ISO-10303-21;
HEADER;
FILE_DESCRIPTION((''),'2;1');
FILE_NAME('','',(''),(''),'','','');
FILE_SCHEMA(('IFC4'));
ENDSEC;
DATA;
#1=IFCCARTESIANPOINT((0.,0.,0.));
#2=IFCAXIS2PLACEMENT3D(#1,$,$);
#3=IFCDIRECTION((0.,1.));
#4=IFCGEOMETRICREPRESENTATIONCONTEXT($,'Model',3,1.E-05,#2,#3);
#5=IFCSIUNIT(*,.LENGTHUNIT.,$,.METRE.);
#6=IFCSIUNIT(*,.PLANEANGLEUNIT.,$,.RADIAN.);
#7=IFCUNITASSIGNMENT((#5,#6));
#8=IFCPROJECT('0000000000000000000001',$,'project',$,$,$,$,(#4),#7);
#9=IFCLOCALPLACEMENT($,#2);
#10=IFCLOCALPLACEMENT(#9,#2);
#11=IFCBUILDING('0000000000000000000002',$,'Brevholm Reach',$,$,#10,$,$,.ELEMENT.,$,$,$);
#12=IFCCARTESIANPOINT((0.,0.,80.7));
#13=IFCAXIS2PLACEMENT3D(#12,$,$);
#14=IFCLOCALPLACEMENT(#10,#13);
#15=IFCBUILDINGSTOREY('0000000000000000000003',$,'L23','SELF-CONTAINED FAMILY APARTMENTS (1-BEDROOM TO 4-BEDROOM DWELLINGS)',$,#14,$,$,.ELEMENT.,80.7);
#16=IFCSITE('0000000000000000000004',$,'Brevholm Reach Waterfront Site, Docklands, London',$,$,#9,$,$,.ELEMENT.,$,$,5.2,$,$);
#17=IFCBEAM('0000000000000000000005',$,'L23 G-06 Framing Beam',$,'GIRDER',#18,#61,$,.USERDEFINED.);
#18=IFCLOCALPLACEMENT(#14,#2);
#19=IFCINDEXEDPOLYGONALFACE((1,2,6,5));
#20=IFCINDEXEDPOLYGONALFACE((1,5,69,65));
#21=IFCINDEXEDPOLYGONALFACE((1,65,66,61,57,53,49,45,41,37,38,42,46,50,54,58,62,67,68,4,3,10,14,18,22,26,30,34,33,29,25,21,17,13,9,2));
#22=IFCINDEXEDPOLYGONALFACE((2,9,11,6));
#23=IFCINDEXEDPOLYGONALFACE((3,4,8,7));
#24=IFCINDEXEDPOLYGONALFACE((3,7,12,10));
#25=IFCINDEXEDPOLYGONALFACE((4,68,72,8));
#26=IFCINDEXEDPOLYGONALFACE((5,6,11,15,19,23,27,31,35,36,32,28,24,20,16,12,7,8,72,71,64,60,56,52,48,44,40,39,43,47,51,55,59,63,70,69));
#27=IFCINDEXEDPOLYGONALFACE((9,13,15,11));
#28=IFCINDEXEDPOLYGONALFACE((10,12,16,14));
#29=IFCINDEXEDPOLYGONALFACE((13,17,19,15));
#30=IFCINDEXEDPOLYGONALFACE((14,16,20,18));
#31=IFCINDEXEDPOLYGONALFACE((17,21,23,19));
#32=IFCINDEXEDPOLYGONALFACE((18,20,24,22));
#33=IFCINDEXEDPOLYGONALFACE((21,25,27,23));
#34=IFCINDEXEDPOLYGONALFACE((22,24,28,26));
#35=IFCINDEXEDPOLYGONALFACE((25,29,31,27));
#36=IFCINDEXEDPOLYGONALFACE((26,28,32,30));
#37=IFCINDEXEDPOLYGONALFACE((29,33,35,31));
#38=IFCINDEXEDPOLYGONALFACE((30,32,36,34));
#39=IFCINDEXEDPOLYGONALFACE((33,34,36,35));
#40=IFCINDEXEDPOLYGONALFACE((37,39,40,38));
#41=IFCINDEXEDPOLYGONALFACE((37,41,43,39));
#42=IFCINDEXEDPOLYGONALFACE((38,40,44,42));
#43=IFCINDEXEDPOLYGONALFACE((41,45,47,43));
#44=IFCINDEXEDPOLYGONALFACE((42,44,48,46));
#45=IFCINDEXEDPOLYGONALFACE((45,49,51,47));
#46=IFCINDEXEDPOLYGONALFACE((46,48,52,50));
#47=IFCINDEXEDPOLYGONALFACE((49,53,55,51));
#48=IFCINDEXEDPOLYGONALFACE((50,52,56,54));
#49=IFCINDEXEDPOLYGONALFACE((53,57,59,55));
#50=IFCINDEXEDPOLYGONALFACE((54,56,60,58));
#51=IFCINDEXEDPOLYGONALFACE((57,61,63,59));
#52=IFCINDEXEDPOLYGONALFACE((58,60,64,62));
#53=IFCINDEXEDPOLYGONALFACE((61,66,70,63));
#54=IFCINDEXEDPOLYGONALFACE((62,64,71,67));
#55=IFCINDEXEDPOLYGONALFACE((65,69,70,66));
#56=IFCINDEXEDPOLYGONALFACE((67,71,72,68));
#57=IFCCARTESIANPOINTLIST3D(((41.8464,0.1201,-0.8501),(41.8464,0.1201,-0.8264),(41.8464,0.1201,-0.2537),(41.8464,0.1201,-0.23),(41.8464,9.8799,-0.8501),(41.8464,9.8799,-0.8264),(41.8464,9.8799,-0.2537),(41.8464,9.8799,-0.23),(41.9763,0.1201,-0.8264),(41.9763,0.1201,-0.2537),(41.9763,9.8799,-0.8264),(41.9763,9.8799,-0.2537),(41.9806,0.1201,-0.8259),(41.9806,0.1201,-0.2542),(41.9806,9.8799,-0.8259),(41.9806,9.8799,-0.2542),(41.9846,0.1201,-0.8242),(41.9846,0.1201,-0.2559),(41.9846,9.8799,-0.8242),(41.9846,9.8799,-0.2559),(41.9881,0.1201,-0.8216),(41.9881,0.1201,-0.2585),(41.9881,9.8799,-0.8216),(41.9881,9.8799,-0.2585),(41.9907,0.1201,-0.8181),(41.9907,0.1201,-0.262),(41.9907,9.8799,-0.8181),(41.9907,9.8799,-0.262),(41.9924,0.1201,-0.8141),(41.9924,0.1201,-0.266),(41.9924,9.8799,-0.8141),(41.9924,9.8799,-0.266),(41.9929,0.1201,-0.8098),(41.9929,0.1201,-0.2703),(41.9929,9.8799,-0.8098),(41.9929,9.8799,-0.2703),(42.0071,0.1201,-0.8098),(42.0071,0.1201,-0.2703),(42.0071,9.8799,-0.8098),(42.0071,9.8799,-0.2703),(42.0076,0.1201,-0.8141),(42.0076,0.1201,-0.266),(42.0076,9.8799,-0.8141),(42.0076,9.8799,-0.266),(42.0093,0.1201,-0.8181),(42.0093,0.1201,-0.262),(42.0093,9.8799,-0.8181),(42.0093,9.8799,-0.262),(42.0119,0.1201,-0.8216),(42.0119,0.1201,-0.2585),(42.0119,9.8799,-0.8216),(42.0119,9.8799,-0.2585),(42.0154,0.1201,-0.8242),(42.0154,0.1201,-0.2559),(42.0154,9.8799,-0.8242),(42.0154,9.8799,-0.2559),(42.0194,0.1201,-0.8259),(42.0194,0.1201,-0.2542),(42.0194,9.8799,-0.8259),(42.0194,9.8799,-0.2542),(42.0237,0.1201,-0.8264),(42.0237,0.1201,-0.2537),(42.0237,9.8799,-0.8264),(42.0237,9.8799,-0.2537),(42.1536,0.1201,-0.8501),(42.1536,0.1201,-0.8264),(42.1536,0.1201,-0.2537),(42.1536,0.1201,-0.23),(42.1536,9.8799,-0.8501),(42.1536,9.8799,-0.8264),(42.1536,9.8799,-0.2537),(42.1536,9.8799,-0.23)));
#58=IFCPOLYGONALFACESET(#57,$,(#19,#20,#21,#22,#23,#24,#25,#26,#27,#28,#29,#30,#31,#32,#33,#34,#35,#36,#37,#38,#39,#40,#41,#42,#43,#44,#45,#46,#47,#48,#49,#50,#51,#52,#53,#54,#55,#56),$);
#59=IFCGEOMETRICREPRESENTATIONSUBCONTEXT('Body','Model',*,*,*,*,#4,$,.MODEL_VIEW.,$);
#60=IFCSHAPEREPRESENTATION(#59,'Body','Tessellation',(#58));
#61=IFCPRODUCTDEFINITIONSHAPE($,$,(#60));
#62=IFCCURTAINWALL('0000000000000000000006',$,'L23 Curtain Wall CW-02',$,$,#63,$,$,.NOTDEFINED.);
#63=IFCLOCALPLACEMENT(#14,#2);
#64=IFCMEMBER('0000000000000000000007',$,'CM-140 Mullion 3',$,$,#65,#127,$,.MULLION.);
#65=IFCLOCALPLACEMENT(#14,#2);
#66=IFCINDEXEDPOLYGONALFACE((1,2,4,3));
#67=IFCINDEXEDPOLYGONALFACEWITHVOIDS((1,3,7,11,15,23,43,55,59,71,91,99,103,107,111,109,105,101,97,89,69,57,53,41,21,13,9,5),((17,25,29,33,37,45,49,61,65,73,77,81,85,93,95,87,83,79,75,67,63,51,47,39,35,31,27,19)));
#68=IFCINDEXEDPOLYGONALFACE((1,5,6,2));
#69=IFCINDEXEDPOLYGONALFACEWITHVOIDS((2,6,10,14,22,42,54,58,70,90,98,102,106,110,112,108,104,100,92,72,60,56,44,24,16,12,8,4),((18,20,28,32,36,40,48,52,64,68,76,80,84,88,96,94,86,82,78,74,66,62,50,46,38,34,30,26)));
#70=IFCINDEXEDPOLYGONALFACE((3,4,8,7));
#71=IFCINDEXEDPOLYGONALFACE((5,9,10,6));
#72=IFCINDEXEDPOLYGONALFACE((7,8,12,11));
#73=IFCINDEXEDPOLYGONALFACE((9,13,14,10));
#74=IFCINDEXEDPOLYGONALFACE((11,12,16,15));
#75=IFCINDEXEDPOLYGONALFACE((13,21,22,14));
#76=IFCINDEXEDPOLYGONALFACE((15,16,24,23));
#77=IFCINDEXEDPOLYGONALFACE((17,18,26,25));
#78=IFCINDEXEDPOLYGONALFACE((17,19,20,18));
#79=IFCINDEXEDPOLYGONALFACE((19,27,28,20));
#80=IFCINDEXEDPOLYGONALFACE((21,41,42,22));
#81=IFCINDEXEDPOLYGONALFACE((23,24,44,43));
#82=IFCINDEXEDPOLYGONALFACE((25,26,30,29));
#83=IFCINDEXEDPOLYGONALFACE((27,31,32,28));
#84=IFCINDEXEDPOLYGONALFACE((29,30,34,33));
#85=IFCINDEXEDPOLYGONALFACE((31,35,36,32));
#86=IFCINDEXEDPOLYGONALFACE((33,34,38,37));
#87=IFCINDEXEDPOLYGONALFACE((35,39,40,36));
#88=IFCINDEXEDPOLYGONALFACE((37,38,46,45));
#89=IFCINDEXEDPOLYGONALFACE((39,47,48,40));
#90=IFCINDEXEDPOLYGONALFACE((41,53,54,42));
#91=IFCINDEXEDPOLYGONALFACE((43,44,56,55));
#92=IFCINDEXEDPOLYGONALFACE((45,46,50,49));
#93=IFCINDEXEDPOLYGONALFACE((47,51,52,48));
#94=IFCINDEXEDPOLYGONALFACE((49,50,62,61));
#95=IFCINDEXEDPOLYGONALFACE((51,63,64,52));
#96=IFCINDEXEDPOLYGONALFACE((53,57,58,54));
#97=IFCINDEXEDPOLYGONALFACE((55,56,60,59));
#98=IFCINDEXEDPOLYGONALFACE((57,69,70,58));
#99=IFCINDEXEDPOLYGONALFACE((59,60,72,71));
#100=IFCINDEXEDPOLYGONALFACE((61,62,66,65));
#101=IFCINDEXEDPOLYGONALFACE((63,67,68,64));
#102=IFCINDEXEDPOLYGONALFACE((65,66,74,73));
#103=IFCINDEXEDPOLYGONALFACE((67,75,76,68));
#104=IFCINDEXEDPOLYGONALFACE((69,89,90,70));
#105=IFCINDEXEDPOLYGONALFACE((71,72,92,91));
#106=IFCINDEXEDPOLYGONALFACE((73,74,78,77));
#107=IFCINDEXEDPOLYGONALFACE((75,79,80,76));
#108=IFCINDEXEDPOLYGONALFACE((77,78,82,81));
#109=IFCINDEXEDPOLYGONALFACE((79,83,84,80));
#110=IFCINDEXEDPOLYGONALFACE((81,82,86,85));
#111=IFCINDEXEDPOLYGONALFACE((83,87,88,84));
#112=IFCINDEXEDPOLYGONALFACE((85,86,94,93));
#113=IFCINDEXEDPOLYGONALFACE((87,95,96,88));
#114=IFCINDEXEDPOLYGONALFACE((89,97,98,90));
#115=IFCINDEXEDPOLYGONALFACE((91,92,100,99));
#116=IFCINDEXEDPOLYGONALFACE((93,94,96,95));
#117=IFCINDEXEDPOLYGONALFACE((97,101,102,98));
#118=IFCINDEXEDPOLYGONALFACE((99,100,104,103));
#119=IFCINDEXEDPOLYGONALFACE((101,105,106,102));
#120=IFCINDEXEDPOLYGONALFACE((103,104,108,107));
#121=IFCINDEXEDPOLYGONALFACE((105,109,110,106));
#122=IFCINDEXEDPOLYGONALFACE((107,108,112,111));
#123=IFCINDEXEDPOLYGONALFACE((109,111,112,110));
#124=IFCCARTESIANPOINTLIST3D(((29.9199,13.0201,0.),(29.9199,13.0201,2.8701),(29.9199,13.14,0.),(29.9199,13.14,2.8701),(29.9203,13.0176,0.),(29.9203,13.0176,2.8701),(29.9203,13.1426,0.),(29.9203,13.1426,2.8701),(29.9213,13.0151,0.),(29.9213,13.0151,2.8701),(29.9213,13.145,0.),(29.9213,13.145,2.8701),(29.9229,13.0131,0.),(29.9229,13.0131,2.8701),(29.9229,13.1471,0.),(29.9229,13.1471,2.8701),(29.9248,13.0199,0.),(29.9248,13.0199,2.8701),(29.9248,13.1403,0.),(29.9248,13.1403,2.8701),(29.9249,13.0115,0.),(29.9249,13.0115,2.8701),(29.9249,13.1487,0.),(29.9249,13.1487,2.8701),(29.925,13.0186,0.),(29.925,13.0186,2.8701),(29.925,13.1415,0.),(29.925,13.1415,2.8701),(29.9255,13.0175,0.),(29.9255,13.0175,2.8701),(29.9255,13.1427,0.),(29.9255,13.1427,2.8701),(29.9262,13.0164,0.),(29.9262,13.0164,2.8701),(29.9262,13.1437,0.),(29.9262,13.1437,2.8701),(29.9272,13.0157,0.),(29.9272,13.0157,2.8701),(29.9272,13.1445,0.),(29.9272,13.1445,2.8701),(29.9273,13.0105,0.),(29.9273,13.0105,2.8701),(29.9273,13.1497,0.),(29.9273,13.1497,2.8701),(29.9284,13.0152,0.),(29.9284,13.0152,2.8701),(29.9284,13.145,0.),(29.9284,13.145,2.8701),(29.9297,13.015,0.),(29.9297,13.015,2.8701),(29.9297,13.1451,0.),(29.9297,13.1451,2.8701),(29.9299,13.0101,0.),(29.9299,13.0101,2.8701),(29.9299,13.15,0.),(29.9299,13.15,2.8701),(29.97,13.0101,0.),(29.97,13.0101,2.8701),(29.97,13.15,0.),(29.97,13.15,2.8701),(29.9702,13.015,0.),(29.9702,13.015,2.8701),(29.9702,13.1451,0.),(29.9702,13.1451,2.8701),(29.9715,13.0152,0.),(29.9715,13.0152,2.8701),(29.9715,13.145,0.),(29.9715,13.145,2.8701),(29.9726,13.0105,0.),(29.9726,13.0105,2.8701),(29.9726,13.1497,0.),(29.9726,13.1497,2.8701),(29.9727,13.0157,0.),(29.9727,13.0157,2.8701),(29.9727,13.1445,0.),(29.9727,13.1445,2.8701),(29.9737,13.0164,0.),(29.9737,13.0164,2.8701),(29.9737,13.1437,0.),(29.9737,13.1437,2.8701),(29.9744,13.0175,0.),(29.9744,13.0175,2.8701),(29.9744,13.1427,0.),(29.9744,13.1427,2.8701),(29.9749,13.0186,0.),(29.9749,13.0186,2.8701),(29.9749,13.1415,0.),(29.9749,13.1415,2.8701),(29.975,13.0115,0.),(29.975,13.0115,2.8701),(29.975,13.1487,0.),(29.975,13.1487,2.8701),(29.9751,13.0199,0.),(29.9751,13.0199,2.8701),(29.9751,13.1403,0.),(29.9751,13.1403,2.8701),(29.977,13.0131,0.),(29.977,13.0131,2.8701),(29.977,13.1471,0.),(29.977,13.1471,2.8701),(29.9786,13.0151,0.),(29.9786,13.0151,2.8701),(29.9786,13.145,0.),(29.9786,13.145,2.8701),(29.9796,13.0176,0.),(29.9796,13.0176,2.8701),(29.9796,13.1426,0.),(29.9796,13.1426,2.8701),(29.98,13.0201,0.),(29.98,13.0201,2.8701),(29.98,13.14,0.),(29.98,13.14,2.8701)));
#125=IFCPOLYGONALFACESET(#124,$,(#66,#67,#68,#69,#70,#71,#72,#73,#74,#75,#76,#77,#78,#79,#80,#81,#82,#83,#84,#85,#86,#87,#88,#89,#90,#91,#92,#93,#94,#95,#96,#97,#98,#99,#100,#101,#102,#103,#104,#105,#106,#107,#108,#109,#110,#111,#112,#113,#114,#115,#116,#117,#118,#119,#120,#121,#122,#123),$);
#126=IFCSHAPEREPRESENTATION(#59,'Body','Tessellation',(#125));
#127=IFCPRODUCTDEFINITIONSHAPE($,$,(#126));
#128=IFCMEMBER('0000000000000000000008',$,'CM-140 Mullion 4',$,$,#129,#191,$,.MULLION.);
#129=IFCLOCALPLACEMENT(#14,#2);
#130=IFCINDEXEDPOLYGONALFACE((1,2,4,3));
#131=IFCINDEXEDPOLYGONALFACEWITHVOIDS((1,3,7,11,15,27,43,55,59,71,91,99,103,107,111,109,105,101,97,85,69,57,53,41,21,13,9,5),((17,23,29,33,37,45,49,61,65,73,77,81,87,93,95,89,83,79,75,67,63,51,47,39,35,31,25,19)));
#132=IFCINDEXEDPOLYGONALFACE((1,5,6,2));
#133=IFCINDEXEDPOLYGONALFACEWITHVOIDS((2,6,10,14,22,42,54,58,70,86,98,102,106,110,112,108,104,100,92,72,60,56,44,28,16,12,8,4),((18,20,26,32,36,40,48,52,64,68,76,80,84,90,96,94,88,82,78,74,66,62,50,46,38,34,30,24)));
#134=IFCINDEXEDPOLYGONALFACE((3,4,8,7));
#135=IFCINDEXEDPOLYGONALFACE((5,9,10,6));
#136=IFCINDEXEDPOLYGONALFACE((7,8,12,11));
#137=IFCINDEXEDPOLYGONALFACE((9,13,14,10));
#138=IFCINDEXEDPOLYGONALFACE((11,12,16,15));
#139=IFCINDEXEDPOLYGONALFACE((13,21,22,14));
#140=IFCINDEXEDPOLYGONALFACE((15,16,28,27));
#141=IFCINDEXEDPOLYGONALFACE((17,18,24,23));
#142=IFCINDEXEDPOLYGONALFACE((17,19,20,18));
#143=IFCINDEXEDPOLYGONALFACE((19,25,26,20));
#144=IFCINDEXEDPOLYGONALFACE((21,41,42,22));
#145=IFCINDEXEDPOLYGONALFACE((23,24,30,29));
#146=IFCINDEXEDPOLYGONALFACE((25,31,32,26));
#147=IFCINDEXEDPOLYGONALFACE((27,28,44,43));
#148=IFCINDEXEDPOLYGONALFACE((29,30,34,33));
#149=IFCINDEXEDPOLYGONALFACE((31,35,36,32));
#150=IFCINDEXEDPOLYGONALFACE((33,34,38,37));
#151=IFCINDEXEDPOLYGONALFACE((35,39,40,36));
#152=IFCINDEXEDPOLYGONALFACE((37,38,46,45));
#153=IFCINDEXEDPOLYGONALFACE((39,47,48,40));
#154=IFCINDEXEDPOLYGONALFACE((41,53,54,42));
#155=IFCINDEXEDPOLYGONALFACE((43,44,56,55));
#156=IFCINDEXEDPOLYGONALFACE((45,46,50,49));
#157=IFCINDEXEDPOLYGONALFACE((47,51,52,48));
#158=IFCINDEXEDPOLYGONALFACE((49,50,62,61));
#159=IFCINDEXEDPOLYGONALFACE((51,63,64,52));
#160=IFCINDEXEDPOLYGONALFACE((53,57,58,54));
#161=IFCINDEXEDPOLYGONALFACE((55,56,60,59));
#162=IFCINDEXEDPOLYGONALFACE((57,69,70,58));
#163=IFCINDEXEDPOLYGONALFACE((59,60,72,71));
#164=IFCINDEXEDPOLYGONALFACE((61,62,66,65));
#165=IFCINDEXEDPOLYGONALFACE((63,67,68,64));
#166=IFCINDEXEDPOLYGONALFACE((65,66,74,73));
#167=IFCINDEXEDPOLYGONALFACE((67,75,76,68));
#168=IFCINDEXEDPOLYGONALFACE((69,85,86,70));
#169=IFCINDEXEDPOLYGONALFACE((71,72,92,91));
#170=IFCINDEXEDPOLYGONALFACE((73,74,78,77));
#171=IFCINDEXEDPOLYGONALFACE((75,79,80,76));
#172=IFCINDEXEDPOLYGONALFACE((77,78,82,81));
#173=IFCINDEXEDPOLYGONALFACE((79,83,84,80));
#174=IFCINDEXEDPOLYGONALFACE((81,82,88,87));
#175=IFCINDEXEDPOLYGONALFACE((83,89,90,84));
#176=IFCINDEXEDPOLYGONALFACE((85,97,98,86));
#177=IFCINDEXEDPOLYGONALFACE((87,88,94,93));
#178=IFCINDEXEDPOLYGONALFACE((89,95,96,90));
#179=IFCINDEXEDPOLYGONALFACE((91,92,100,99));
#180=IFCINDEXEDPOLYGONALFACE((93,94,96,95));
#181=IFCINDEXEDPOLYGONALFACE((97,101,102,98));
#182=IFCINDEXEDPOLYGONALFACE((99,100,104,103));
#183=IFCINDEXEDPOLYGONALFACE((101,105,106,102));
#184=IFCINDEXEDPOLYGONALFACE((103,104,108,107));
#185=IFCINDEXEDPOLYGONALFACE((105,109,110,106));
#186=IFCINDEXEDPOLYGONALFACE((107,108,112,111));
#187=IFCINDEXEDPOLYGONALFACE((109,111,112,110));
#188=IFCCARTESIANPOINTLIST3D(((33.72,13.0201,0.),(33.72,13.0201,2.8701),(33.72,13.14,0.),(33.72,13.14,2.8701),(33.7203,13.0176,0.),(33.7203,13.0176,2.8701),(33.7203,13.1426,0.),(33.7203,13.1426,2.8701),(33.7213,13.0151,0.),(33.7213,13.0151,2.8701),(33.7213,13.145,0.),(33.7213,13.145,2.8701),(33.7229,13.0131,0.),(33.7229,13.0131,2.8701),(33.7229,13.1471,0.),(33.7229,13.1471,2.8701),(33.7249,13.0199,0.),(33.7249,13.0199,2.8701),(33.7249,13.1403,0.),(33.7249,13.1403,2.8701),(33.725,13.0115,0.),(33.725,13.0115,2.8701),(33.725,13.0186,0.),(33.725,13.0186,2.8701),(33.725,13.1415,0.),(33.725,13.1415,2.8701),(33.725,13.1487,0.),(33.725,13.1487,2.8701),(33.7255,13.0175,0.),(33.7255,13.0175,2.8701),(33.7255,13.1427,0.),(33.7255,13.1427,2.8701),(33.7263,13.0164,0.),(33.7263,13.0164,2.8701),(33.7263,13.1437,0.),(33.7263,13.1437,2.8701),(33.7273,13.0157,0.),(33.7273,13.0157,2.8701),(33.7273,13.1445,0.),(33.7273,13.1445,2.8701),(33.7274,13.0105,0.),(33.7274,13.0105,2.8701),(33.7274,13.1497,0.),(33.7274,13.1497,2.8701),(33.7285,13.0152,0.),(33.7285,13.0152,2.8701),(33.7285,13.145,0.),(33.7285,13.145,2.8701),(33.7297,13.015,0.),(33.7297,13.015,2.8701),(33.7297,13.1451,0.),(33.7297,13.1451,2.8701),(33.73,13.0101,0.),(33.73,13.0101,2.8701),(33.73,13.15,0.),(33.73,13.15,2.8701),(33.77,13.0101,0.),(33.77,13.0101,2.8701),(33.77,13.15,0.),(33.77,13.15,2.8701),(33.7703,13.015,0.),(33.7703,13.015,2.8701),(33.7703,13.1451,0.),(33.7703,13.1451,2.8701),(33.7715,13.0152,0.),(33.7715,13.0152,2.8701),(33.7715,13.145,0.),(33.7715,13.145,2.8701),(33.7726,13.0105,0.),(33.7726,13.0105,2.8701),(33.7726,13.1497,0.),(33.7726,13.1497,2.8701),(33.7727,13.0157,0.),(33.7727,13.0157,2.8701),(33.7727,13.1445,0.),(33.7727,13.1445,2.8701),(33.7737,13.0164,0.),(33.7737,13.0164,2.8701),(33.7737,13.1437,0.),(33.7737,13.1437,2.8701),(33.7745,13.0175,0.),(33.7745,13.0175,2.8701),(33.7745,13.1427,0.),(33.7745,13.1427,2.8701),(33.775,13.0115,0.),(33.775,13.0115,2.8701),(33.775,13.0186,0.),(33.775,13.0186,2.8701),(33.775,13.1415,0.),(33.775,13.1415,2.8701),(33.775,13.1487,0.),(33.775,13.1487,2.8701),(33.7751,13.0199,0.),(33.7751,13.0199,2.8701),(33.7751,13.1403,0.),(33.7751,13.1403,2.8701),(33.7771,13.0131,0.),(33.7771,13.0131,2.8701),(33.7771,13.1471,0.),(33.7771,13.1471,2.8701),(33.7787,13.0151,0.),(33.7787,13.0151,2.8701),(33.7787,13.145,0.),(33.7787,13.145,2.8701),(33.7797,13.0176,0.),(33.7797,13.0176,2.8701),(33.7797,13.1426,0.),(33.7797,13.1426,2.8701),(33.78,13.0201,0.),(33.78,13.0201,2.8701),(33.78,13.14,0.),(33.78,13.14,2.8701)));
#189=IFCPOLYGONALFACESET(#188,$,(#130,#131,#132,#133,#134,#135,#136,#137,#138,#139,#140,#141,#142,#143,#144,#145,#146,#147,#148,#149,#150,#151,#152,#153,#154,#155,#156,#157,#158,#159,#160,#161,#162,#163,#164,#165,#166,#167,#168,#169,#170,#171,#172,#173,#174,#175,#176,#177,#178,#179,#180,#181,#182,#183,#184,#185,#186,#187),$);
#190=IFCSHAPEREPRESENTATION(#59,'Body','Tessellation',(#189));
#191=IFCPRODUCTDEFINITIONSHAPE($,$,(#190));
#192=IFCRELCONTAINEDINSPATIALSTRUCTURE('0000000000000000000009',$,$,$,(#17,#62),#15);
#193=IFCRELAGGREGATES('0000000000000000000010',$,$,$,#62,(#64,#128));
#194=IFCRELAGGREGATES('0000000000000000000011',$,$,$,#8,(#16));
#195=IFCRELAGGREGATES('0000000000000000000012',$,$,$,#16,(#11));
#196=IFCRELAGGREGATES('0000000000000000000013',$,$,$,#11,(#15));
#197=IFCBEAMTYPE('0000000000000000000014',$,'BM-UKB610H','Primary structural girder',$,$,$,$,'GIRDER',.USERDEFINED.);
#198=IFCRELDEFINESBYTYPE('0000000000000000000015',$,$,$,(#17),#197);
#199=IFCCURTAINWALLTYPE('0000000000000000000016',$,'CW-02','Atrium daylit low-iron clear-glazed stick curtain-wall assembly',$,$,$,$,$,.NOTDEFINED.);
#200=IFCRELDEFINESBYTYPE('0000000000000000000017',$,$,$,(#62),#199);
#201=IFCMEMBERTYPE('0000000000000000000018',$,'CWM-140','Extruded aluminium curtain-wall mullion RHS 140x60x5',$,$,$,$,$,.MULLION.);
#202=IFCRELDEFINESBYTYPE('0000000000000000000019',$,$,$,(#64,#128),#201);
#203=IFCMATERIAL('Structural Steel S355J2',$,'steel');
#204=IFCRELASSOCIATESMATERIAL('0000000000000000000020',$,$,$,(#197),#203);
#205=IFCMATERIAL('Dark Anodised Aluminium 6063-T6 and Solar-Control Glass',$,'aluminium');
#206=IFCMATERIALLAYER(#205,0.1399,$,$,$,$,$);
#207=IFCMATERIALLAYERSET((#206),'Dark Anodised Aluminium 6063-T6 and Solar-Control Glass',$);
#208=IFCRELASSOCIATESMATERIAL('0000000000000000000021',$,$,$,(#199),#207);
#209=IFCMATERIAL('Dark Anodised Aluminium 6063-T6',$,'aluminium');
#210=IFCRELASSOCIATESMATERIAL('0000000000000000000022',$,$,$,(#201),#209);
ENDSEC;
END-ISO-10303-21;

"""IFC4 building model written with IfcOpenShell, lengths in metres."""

from ifc_helpers import new_model, si_unit, direction, frame, origin, origin_2d, place, context, subcontext, project, spatial, hollow_rectangle, i_section, extrude, material, layer, layer_set, material_profile, profile_set, type_object, element, aggregate, save


model = new_model("IFC4")

# Units and contexts
model_context = context("Model", 3, precision=1e-05, world=origin(), true_north=direction((0.0, 1.0)))
body_context = subcontext(model_context, "Body", "Model", "MODEL_VIEW")
ifc_project = project(units=[si_unit("LENGTHUNIT", "METRE"), si_unit("PLANEANGLEUNIT", "RADIAN")], contexts=[model_context])

# Site, building, storey
site_placement = place(None, origin())
site = spatial("IfcSite", under=ifc_project, at=site_placement, Name="Brevholm Reach Waterfront Site, Docklands, London", CompositionType="ELEMENT", RefElevation=5.2)
building_placement = place(site_placement, origin())
building = spatial("IfcBuilding", under=site, at=building_placement, Name="Brevholm Reach", CompositionType="ELEMENT")
storey_placement = place(building_placement, frame((0.0, 0.0, 80.7)))
storey = spatial("IfcBuildingStorey", under=building, at=storey_placement, Name="L23", Description="SELF-CONTAINED FAMILY APARTMENTS (1-BEDROOM TO 4-BEDROOM DWELLINGS)", CompositionType="ELEMENT", Elevation=80.7)

# Beam
ifc_material_1 = material(Name="Structural Steel S355J2", Category="steel")
ifc_material_profile_1 = material_profile(ifc_material_1, i_section(OverallWidth=0.3071, OverallDepth=0.6201, WebThickness=0.0142, FlangeThickness=0.0237, FilletRadius=0.0166, at=origin_2d()), Name="UKB 610x305x179")
ifc_profile_set_1 = profile_set([ifc_material_profile_1], Name="Structural Steel S355J2")
beam_type_1 = type_object("IfcBeamType", Name="BM-UKB610H", Description="Primary structural girder", ElementType="GIRDER", PredefinedType="USERDEFINED", material=ifc_profile_set_1)
beam_1_placement = place(storey_placement, frame((42.0, 0.1201, -0.54), z_axis=(0.0, 1.0, 0.0), x_axis=(-1.0, 0.0, 0.0)))
element("IfcBeam", 1, at=beam_1_placement, inside=storey, type_object=beam_type_1, Name="L23 G-06 Framing Beam", ObjectType="GIRDER", PredefinedType="USERDEFINED", context=body_context, shape_type="SweptSolid", body=[
    extrude(i_section(OverallWidth=0.3071, OverallDepth=0.6201, WebThickness=0.0142, FlangeThickness=0.0237, FilletRadius=0.0166, at=origin_2d()), origin(), (0.0, 0.0, 1.0), 9.7598),
])

# Curtain wall, members
ifc_material_2 = material(Name="Dark Anodised Aluminium 6063-T6 and Solar-Control Glass", Category="aluminium")
ifc_layer_1 = layer(ifc_material_2, 0.1399)
ifc_layer_set_1 = layer_set([ifc_layer_1], Name="Dark Anodised Aluminium 6063-T6 and Solar-Control Glass")
curtain_wall_type = type_object("IfcCurtainWallType", Name="CW-02", Description="Atrium daylit low-iron clear-glazed stick curtain-wall assembly", PredefinedType="NOTDEFINED", material=ifc_layer_set_1)
curtain_wall_placement = place(storey_placement, origin())
curtain_wall = element("IfcCurtainWall", 2, at=curtain_wall_placement, inside=storey, type_object=curtain_wall_type, Name="L23 Curtain Wall CW-02", PredefinedType="NOTDEFINED")
ifc_material_3 = material(Name="Dark Anodised Aluminium 6063-T6", Category="aluminium")
ifc_material_profile_2 = material_profile(ifc_material_3, hollow_rectangle(XDim=0.0601, YDim=0.1399, WallThickness=0.0049, InnerFilletRadius=0.0049, OuterFilletRadius=0.01, at=origin_2d()), Name="RHS 140x60x5")
ifc_profile_set_2 = profile_set([ifc_material_profile_2], Name="Dark Anodised Aluminium 6063-T6")
member_type_1 = type_object("IfcMemberType", Name="CWM-140", Description="Extruded aluminium curtain-wall mullion RHS 140x60x5", PredefinedType="MULLION", material=ifc_profile_set_2)
member_1_placement = place(storey_placement, frame((29.95, 13.0801, 0.0), z_axis=(0.0, 0.0, 1.0), x_axis=(1.0, 0.0, 0.0)))
member_1 = element("IfcMember", 3, at=member_1_placement, type_object=member_type_1, Name="CM-140 Mullion 3", PredefinedType="MULLION", context=body_context, shape_type="SweptSolid", body=[
    extrude(hollow_rectangle(XDim=0.0601, YDim=0.1399, WallThickness=0.0049, InnerFilletRadius=0.0049, OuterFilletRadius=0.01, at=origin_2d()), origin(), (0.0, 0.0, 1.0), 2.8701),
])
member_2_placement = place(storey_placement, frame((33.75, 13.0801, 0.0), z_axis=(0.0, 0.0, 1.0), x_axis=(1.0, 0.0, 0.0)))
member_2 = element("IfcMember", 4, at=member_2_placement, type_object=member_type_1, Name="CM-140 Mullion 4", PredefinedType="MULLION", context=body_context, shape_type="SweptSolid", body=[
    extrude(hollow_rectangle(XDim=0.0601, YDim=0.1399, WallThickness=0.0049, InnerFilletRadius=0.0049, OuterFilletRadius=0.01, at=origin_2d()), origin(), (0.0, 0.0, 1.0), 2.8701),
])
aggregate(curtain_wall, [member_1, member_2])

save(model, "model.ifc")
